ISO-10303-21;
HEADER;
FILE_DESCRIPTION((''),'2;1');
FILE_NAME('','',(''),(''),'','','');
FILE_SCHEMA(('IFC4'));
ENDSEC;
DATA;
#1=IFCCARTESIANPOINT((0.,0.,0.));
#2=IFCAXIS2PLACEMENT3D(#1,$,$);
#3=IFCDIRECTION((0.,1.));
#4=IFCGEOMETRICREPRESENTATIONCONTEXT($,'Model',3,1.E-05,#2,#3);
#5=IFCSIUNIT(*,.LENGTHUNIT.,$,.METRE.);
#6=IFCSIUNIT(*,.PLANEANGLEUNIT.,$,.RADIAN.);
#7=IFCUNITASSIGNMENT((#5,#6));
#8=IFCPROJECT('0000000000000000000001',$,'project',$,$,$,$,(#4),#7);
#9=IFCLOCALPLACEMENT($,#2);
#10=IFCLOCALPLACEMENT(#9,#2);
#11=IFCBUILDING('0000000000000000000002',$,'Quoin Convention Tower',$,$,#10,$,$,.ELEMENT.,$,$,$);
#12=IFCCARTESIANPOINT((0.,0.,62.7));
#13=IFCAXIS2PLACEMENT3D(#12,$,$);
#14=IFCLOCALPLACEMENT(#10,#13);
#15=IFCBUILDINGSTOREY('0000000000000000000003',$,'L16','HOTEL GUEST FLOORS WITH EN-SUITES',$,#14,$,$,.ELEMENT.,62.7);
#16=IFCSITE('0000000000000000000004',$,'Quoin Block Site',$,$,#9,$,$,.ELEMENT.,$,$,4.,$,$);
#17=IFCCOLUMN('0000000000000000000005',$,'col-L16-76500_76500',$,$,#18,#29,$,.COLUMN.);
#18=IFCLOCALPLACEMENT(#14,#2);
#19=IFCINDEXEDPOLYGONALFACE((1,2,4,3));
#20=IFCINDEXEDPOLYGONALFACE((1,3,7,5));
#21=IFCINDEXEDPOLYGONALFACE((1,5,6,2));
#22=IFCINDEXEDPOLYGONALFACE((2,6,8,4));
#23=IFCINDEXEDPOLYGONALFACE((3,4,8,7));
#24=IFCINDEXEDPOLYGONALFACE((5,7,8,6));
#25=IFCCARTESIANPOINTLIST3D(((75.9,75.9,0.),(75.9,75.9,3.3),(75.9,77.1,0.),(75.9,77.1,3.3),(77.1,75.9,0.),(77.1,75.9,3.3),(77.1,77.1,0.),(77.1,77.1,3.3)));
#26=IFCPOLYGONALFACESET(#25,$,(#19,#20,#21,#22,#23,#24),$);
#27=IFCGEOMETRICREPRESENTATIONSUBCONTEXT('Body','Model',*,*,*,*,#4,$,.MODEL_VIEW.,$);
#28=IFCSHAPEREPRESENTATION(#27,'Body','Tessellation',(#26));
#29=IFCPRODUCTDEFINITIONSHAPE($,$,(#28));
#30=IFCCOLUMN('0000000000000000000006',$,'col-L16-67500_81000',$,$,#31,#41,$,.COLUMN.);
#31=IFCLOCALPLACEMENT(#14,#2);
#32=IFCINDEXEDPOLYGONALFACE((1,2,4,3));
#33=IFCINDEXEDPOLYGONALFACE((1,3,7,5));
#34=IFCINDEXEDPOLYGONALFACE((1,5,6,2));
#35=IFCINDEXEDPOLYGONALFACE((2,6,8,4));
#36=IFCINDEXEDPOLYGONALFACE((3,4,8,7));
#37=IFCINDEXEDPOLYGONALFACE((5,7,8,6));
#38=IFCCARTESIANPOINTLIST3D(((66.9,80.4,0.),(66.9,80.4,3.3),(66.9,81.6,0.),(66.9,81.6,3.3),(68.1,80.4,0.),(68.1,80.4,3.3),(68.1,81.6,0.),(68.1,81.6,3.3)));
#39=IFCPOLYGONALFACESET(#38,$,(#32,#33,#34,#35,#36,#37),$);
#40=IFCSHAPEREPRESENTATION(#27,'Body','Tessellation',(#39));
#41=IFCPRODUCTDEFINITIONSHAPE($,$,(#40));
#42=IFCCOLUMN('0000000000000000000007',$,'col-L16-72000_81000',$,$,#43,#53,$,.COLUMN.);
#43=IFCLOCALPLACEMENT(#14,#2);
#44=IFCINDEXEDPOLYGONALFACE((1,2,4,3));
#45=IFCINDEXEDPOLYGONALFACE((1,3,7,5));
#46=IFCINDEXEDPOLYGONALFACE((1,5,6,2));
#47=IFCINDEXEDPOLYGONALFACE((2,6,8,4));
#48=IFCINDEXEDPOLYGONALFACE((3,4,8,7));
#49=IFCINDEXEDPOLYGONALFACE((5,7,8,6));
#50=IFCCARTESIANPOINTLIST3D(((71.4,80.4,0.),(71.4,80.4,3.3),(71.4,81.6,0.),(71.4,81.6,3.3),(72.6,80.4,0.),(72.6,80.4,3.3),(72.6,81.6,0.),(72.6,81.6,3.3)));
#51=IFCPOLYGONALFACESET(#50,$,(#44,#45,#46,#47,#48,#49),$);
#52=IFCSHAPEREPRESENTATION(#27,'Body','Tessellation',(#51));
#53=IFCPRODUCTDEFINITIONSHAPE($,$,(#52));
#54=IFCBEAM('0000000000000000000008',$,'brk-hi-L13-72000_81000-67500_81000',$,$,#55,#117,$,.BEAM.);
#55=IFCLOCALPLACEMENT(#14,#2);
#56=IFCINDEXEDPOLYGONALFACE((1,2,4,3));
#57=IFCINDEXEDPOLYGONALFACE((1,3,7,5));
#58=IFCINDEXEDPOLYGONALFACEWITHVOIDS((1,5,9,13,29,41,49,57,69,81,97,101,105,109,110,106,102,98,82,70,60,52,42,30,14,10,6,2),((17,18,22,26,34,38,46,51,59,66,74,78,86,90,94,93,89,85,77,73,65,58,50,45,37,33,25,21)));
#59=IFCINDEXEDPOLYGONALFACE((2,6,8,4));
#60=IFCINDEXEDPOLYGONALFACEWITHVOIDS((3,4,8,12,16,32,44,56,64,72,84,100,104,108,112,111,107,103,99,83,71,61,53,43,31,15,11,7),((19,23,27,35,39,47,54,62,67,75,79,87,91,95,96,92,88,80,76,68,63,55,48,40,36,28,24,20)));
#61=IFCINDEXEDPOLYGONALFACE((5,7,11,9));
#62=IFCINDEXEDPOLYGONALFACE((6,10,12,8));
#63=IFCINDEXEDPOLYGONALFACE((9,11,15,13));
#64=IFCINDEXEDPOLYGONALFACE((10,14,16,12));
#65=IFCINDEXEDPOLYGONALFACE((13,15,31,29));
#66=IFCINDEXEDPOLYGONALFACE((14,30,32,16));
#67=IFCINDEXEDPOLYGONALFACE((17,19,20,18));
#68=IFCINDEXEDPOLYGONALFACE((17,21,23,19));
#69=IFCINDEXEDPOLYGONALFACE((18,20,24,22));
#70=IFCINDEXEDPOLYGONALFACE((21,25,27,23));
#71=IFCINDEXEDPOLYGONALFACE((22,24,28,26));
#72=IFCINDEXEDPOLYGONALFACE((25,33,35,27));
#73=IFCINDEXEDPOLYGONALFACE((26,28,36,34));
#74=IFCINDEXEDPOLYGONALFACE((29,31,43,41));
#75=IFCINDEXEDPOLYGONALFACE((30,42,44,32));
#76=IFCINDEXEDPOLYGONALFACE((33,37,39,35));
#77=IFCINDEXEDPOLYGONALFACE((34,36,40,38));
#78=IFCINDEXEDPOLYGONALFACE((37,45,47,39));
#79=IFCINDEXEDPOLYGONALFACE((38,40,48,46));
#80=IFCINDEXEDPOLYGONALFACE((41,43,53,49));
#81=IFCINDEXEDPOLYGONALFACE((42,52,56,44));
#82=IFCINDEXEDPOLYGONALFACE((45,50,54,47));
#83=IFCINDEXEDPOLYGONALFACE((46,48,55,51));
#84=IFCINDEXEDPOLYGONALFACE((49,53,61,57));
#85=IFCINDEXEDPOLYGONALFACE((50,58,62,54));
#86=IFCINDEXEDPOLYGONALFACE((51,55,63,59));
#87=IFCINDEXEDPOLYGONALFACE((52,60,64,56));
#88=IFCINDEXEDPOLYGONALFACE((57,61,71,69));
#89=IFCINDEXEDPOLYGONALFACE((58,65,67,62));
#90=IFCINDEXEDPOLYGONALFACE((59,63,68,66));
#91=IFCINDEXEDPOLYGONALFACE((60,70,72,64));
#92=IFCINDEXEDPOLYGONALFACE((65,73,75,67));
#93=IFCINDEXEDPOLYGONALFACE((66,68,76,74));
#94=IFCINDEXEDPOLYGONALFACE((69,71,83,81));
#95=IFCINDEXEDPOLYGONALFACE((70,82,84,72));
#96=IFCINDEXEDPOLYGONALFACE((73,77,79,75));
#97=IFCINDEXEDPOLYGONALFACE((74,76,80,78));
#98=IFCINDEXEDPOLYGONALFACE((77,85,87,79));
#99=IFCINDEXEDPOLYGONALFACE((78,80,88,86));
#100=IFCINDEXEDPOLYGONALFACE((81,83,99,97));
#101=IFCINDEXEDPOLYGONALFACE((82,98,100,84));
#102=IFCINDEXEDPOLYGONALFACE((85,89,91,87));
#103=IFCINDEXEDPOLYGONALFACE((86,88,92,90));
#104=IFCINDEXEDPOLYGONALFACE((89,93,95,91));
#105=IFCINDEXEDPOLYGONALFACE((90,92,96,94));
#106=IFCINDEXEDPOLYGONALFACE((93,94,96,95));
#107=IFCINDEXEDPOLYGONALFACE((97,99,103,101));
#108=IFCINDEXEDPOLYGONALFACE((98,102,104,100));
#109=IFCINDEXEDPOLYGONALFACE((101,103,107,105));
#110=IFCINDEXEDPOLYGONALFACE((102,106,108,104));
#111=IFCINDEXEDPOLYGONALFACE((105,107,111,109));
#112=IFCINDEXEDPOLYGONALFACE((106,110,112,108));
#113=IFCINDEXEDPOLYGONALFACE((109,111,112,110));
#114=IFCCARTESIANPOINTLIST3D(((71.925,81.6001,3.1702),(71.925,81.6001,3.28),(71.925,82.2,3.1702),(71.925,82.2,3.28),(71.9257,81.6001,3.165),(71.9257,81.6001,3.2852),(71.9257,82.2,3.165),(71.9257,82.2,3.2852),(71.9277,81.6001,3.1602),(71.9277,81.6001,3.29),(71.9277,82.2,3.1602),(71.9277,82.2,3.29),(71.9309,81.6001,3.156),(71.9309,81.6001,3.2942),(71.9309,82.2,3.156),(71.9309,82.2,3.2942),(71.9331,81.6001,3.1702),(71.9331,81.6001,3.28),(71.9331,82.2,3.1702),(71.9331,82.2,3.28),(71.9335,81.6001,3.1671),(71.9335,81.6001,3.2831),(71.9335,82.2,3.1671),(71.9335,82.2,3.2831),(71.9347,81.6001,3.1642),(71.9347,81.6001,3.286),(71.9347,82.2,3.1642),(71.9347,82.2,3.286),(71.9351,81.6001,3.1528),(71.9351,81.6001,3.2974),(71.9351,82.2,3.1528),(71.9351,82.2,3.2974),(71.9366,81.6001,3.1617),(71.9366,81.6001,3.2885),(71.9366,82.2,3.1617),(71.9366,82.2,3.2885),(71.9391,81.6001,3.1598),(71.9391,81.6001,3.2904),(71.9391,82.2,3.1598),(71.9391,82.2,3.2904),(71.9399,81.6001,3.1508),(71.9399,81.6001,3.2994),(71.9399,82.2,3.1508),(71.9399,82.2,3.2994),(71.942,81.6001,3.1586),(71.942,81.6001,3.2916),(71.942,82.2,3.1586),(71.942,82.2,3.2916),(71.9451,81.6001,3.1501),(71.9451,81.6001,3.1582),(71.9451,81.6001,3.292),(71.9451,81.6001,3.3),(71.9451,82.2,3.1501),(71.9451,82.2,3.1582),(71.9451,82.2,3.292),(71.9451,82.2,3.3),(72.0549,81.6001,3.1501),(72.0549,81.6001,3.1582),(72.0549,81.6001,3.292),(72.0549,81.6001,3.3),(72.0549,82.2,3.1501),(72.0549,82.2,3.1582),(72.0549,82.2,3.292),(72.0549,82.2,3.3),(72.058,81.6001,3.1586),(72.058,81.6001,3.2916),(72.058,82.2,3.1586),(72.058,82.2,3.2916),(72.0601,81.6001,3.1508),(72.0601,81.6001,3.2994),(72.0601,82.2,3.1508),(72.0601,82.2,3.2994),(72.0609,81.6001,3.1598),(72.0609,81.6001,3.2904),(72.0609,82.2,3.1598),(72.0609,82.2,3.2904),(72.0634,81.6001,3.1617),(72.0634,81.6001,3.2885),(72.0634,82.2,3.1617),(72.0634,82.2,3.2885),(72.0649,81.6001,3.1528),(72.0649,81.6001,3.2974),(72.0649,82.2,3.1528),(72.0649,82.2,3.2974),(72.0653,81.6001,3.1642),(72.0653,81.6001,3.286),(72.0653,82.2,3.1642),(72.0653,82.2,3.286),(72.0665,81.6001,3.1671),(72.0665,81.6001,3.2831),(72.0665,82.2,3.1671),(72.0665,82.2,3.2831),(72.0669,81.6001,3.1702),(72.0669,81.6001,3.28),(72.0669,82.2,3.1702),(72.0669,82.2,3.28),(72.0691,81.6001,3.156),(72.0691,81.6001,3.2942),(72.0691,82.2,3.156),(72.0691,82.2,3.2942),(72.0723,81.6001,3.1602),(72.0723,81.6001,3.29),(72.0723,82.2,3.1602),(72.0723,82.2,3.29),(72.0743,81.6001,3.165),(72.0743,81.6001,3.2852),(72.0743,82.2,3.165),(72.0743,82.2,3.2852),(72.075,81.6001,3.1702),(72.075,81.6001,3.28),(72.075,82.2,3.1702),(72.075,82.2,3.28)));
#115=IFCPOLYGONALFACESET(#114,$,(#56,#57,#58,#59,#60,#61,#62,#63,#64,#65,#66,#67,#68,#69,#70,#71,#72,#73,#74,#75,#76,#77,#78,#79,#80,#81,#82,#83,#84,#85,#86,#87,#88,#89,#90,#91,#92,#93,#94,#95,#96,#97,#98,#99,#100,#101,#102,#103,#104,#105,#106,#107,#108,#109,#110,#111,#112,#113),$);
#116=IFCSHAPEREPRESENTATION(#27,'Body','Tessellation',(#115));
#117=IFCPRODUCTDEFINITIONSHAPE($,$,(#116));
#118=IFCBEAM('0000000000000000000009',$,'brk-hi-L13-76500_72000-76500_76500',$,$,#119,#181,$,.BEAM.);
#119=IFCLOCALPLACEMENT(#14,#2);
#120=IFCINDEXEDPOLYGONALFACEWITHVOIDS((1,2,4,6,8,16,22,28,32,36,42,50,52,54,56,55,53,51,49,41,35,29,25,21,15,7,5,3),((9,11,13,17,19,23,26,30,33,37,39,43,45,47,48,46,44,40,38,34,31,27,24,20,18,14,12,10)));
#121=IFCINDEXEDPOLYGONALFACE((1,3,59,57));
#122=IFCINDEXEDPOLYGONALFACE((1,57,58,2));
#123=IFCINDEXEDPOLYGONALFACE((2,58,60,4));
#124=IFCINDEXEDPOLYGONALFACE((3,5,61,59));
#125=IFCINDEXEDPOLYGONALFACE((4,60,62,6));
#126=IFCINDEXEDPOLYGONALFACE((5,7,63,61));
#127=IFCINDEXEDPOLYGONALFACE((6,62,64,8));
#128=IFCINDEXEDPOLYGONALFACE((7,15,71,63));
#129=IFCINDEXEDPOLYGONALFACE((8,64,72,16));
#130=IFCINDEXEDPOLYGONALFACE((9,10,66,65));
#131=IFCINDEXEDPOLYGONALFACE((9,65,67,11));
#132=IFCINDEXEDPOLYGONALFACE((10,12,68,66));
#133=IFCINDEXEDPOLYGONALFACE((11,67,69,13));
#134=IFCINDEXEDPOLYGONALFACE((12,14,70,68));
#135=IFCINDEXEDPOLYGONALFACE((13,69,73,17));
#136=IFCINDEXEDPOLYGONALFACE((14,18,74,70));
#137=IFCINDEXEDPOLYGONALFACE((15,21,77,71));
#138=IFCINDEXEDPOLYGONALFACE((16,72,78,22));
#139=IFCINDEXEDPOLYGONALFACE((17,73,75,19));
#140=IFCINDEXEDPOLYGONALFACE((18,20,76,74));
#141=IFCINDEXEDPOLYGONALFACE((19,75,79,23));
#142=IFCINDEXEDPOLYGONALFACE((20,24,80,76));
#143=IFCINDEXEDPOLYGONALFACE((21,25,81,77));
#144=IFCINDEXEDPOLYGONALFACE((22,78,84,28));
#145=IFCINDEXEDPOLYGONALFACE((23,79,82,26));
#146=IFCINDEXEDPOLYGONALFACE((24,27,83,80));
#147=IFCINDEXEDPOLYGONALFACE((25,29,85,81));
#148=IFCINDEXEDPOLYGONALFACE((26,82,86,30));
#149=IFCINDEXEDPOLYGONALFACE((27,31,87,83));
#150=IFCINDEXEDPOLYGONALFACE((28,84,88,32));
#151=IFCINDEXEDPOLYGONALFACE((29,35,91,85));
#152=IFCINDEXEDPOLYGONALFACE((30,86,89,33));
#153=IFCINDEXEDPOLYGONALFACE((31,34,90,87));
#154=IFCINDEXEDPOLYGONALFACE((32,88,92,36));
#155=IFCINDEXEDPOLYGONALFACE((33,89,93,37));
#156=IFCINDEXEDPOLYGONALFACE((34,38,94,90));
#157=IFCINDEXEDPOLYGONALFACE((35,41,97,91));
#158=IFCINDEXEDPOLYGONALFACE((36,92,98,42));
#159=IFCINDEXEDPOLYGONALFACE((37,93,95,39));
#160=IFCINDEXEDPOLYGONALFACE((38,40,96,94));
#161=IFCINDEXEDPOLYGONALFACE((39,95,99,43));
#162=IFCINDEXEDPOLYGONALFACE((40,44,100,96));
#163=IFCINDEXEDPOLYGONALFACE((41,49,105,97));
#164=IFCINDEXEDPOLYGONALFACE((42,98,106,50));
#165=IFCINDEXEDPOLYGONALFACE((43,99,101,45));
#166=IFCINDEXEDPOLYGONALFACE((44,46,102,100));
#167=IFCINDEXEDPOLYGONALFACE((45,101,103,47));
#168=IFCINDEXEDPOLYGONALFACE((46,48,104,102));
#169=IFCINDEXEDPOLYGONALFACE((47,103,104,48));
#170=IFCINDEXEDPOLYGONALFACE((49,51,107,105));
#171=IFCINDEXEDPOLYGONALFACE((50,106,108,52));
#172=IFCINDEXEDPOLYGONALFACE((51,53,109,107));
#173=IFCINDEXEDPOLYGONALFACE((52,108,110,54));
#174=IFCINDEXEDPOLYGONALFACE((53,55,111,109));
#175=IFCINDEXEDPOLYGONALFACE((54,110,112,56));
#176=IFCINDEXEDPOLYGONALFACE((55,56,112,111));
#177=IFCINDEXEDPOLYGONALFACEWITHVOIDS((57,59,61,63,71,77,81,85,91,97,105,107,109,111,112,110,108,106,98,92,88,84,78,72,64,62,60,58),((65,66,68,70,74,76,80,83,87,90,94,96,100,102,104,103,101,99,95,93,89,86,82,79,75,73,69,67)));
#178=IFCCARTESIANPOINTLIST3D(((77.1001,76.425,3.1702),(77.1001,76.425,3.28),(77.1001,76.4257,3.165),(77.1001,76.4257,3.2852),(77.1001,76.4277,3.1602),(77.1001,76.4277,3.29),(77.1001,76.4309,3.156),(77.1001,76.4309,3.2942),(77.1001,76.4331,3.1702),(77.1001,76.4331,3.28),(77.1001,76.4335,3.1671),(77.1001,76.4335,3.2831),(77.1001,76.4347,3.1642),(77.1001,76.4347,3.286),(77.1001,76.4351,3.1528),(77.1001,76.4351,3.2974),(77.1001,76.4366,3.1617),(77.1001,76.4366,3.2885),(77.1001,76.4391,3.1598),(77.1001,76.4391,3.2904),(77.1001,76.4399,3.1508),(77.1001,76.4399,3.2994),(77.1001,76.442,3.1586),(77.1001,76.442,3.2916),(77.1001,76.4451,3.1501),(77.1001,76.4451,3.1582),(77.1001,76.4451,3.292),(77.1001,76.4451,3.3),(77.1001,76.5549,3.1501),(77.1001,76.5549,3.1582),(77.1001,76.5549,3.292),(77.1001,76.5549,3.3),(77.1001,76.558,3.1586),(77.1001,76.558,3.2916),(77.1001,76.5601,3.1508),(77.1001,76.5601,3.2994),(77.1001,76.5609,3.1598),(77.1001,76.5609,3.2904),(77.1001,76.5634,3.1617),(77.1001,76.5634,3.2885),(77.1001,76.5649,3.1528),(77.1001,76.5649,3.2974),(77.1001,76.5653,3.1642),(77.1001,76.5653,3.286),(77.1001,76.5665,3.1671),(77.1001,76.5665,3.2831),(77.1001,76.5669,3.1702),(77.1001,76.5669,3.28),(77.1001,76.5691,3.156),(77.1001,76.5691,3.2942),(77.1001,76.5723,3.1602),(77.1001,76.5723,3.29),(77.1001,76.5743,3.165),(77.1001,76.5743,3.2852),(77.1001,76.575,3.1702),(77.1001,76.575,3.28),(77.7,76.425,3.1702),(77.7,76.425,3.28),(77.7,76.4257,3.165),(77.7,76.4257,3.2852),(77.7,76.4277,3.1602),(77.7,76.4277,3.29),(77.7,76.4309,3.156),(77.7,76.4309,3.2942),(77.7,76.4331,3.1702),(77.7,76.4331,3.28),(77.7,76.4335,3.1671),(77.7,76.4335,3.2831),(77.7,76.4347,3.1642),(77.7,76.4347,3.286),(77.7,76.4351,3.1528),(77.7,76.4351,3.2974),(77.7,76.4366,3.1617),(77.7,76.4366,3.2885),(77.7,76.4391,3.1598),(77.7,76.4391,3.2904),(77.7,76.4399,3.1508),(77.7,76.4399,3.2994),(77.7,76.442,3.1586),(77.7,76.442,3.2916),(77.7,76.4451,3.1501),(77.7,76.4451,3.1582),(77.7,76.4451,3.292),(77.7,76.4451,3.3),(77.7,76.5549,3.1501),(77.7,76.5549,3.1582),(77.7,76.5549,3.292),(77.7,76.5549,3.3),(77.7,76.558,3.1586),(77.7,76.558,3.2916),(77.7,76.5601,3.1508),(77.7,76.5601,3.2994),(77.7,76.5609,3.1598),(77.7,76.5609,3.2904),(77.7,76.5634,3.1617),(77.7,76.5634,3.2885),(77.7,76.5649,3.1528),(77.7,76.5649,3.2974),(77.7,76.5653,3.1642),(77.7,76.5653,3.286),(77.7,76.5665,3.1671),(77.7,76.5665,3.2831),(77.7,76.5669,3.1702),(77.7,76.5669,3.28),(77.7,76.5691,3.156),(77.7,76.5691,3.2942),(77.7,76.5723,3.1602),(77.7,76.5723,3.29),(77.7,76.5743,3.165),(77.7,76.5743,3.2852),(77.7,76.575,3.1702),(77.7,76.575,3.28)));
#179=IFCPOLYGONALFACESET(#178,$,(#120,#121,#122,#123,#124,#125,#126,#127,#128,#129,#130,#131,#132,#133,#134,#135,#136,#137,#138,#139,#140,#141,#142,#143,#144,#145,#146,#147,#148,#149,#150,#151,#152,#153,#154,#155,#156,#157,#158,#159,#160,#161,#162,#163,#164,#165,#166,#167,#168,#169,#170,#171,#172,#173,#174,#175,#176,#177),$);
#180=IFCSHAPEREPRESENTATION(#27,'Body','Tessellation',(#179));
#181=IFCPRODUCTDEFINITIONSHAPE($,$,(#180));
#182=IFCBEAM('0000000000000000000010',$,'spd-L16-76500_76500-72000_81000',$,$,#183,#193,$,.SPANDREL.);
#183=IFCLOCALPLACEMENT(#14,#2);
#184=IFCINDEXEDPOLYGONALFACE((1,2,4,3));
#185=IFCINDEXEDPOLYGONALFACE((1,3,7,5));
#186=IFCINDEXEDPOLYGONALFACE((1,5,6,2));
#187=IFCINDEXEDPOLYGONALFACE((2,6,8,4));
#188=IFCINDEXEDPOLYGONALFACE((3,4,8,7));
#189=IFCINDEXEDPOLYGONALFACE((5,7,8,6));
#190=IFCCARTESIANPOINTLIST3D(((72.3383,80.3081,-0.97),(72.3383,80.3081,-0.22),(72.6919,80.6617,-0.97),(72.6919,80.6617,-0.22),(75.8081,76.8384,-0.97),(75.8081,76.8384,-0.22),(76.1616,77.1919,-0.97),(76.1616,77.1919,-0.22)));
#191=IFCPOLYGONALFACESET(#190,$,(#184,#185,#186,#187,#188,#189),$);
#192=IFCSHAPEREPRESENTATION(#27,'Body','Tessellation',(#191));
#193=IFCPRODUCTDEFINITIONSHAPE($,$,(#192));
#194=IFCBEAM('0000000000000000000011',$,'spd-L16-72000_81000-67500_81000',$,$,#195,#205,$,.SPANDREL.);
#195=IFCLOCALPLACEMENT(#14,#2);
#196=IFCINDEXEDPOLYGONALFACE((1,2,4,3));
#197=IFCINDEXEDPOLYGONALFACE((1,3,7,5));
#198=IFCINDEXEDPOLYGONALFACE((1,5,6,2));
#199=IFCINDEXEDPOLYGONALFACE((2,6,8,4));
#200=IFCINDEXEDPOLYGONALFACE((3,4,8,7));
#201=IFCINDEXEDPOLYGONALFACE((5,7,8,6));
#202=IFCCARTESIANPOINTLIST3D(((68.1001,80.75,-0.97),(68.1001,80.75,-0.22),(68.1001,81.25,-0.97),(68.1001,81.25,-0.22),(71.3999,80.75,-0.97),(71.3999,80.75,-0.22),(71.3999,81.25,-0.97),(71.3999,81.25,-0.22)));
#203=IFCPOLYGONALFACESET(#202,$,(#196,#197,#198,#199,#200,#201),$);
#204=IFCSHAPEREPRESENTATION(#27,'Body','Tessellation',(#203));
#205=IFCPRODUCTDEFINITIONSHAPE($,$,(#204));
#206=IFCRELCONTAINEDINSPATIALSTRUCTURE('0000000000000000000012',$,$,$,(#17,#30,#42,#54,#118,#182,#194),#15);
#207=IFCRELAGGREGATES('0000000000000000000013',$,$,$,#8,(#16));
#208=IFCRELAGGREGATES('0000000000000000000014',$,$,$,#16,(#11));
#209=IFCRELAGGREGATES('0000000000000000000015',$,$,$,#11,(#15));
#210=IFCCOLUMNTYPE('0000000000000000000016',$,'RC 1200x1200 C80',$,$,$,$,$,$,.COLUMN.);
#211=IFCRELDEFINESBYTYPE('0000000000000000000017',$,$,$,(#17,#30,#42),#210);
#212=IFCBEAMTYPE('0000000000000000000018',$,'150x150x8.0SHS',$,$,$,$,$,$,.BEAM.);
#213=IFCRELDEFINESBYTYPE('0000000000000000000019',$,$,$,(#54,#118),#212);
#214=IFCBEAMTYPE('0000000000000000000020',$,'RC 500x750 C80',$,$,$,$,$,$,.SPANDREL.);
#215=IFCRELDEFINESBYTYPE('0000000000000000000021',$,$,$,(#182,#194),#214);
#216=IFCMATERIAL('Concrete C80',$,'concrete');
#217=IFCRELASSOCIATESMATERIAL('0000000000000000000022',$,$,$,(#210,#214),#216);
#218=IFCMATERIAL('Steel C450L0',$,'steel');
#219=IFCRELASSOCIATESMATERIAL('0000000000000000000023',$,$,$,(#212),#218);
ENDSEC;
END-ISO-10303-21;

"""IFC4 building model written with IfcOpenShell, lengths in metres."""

from ifc_helpers import new_model, si_unit, direction, frame, origin, origin_2d, place, context, subcontext, project, spatial, rectangle, hollow_rectangle, extrude, material, material_profile, profile_set, type_object, element, save


model = new_model("IFC4")

# Units and contexts
model_context = context("Model", 3, precision=1e-05, world=origin(), true_north=direction((0.0, 1.0)))
body_context = subcontext(model_context, "Body", "Model", "MODEL_VIEW")
ifc_project = project(units=[si_unit("LENGTHUNIT", "METRE"), si_unit("PLANEANGLEUNIT", "RADIAN")], contexts=[model_context])

# Site, building, storey
site_placement = place(None, origin())
site = spatial("IfcSite", under=ifc_project, at=site_placement, Name="Quoin Block Site", CompositionType="ELEMENT", RefElevation=4.0)
building_placement = place(site_placement, origin())
building = spatial("IfcBuilding", under=site, at=building_placement, Name="Quoin Convention Tower", CompositionType="ELEMENT")
storey_placement = place(building_placement, frame((0.0, 0.0, 62.7)))
storey = spatial("IfcBuildingStorey", under=building, at=storey_placement, Name="L16", Description="HOTEL GUEST FLOORS WITH EN-SUITES", CompositionType="ELEMENT", Elevation=62.7)

# Columns
ifc_material_1 = material(Name="Concrete C80", Category="concrete")
ifc_material_profile_1 = material_profile(ifc_material_1, rectangle(XDim=1.2, YDim=1.2, at=origin_2d()), Name="RC 1200x1200")
ifc_profile_set_1 = profile_set([ifc_material_profile_1], Name="Concrete C80")
column_type = type_object("IfcColumnType", Name="RC 1200x1200 C80", PredefinedType="COLUMN", material=ifc_profile_set_1)
for number, where, z_axis, x_axis, name in (
    (1, (76.5, 76.5, 0.0), (0.0, 0.0, 1.0), (1.0, 0.0, 0.0), "col-L16-76500_76500"),
    (2, (67.5, 81.0, 0.0), (0.0, 0.0, 1.0), (1.0, 0.0, 0.0), "col-L16-67500_81000"),
    (3, (72.0, 81.0, 0.0), (0.0, 0.0, 1.0), (1.0, 0.0, 0.0), "col-L16-72000_81000"),
):
    element("IfcColumn", number, at=place(storey_placement, frame(where, z_axis=z_axis, x_axis=x_axis)), inside=storey, type_object=column_type, Name=name, PredefinedType="COLUMN", context=body_context, shape_type="SweptSolid", body=[
        extrude(rectangle(XDim=1.2, YDim=1.2, at=origin_2d()), origin(), (0.0, 0.0, 1.0), 3.3),
    ])

# Beams
ifc_material_2 = material(Name="Steel C450L0", Category="steel")
ifc_material_profile_2 = material_profile(ifc_material_2, hollow_rectangle(XDim=0.1499, YDim=0.1499, WallThickness=0.0081, InnerFilletRadius=0.012, OuterFilletRadius=0.02, at=origin_2d()), Name="150x150x8.0SHS")
ifc_profile_set_2 = profile_set([ifc_material_profile_2], Name="Steel C450L0")
beam_type_1 = type_object("IfcBeamType", Name="150x150x8.0SHS", PredefinedType="BEAM", material=ifc_profile_set_2)
for number, where, z_axis, x_axis, name in (
    (4, (72.0, 81.6001, 3.2251), (0.0, 1.0, 0.0), (-1.0, 0.0, 0.0), "brk-hi-L13-72000_81000-67500_81000"),
    (5, (77.1001, 76.5, 3.2251), (1.0, 0.0, 0.0), (0.0, 1.0, 0.0), "brk-hi-L13-76500_72000-76500_76500"),
):
    element("IfcBeam", number, at=place(storey_placement, frame(where, z_axis=z_axis, x_axis=x_axis)), inside=storey, type_object=beam_type_1, Name=name, PredefinedType="BEAM", context=body_context, shape_type="SweptSolid", body=[
        extrude(hollow_rectangle(XDim=0.1499, YDim=0.1499, WallThickness=0.0081, InnerFilletRadius=0.012, OuterFilletRadius=0.02, at=origin_2d()), origin(), (0.0, 0.0, 1.0), 0.5999),
    ])
ifc_material_profile_3 = material_profile(ifc_material_1, rectangle(XDim=0.5, YDim=0.75, at=origin_2d()), Name="RC 500x750")
ifc_profile_set_3 = profile_set([ifc_material_profile_3], Name="Concrete C80")
beam_type_2 = type_object("IfcBeamType", Name="RC 500x750 C80", PredefinedType="SPANDREL", material=ifc_profile_set_3)
beam_placement = place(storey_placement, frame((75.9849, 77.0151, -0.595), z_axis=(-0.707107, 0.707107, 0.0), x_axis=(-0.707107, -0.707107, 0.0)))
element("IfcBeam", 6, at=beam_placement, inside=storey, type_object=beam_type_2, Name="spd-L16-76500_76500-72000_81000", PredefinedType="SPANDREL", context=body_context, shape_type="SweptSolid", body=[
    extrude(rectangle(XDim=0.5, YDim=0.75, at=origin_2d()), origin(), (0.0, 0.0, 1.0), 4.907),
])
for number, where, z_axis, x_axis, name in (
    (7, (71.3999, 81.0, -0.595), (-1.0, 0.0, 0.0), (0.0, -1.0, 0.0), "spd-L16-72000_81000-67500_81000"),
):
    element("IfcBeam", number, at=place(storey_placement, frame(where, z_axis=z_axis, x_axis=x_axis)), inside=storey, type_object=beam_type_2, Name=name, PredefinedType="SPANDREL", context=body_context, shape_type="SweptSolid", body=[
        extrude(rectangle(XDim=0.5, YDim=0.75, at=origin_2d()), origin(), (0.0, 0.0, 1.0), 3.2998),
    ])

save(model, "model.ifc")
